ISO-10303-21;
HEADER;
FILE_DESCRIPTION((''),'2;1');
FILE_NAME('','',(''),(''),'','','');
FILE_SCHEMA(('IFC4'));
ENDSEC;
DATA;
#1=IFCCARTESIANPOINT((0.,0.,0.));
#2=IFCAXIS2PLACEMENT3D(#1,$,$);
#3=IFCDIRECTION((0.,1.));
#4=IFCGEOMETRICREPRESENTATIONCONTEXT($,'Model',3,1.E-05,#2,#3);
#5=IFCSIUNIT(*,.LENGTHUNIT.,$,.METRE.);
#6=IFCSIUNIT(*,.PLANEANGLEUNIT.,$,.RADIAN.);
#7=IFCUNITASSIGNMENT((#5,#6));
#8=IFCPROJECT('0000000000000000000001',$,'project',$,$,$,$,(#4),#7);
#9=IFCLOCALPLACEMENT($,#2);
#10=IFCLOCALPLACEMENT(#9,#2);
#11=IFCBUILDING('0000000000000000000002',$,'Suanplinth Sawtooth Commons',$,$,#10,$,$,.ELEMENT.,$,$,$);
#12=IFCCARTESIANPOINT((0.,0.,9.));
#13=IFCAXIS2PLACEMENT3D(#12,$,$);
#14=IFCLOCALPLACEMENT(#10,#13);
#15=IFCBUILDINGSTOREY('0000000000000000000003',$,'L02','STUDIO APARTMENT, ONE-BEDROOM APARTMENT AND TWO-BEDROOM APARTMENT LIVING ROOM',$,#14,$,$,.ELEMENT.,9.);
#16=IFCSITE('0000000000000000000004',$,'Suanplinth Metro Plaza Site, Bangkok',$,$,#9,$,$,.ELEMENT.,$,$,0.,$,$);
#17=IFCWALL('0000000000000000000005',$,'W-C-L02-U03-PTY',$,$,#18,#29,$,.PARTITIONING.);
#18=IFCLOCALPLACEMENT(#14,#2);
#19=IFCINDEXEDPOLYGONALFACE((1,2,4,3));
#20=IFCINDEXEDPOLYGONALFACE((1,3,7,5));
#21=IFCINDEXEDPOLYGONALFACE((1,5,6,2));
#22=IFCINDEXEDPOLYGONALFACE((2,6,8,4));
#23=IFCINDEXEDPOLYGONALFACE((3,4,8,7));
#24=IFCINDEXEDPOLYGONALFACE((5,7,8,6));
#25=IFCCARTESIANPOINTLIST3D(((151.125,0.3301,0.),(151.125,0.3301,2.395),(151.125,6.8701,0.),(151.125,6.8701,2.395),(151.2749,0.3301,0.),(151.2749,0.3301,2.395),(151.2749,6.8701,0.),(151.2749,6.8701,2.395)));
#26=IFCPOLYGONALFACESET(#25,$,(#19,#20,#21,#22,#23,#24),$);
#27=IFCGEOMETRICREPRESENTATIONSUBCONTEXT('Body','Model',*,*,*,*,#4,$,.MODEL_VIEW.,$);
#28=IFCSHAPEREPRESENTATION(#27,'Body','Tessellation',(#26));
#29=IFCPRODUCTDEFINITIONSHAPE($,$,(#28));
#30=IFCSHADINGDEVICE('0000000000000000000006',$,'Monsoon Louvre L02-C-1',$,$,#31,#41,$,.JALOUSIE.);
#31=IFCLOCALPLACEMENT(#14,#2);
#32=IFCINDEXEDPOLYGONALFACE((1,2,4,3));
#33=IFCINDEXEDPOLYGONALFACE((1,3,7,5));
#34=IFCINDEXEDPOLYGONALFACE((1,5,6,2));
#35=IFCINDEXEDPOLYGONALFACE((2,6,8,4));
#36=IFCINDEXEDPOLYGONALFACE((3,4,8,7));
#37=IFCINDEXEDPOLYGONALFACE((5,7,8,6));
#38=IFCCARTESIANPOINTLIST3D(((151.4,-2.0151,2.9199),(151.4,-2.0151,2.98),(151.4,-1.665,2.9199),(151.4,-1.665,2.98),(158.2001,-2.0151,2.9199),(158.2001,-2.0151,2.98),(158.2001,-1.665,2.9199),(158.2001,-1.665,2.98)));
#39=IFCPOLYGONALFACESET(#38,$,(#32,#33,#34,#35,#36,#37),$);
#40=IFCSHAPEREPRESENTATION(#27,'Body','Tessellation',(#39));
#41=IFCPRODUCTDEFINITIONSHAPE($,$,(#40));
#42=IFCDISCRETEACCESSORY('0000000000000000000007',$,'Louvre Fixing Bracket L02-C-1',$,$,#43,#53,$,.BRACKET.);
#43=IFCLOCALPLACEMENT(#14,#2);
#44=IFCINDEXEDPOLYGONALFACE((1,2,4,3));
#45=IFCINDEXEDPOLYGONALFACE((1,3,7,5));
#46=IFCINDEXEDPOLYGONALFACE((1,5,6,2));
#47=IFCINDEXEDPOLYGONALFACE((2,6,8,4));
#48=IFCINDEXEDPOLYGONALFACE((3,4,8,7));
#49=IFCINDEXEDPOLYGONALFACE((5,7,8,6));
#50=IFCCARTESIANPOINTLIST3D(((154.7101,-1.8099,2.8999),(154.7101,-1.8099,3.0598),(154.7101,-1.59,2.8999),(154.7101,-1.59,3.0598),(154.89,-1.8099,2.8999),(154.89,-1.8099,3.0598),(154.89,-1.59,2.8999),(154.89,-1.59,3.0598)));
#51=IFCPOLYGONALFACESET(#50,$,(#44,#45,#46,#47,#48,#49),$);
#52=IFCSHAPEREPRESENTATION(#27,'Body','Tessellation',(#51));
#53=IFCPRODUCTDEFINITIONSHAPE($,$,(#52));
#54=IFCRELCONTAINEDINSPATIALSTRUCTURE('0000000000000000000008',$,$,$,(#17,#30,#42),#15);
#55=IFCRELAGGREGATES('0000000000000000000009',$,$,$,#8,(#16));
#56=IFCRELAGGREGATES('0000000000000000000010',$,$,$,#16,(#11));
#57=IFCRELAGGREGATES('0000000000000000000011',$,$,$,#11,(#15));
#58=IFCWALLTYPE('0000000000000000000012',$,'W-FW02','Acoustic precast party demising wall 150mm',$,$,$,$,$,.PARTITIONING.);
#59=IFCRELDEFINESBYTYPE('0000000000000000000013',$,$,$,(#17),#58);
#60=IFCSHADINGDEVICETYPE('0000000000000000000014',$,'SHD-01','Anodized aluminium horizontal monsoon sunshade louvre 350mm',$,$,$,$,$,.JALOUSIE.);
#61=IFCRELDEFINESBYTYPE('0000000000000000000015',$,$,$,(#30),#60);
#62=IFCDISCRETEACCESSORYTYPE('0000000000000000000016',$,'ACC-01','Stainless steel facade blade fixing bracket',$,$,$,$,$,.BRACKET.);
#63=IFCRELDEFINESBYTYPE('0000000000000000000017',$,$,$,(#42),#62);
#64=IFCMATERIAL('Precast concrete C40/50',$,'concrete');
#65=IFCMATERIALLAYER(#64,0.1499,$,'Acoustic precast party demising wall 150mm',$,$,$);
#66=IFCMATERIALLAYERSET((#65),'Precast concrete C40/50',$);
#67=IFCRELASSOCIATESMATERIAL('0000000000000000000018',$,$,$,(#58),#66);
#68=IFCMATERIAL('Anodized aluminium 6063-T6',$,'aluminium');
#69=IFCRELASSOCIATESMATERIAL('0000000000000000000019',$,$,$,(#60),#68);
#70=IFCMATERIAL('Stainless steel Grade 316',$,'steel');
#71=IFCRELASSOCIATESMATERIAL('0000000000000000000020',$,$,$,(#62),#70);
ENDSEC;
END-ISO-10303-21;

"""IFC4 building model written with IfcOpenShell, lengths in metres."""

from ifc_helpers import new_model, si_unit, direction, frame, frame_2d, origin, origin_2d, place, context, subcontext, project, spatial, rectangle, extrude, material, layer, layer_set, type_object, element, save


model = new_model("IFC4")

# Units and contexts
model_context = context("Model", 3, precision=1e-05, world=origin(), true_north=direction((0.0, 1.0)))
body_context = subcontext(model_context, "Body", "Model", "MODEL_VIEW")
ifc_project = project(units=[si_unit("LENGTHUNIT", "METRE"), si_unit("PLANEANGLEUNIT", "RADIAN")], contexts=[model_context])

# Site, building, storey
site_placement = place(None, origin())
site = spatial("IfcSite", under=ifc_project, at=site_placement, Name="Suanplinth Metro Plaza Site, Bangkok", CompositionType="ELEMENT", RefElevation=0.0)
building_placement = place(site_placement, origin())
building = spatial("IfcBuilding", under=site, at=building_placement, Name="Suanplinth Sawtooth Commons", CompositionType="ELEMENT")
storey_placement = place(building_placement, frame((0.0, 0.0, 9.0)))
storey = spatial("IfcBuildingStorey", under=building, at=storey_placement, Name="L02", Description="STUDIO APARTMENT, ONE-BEDROOM APARTMENT AND TWO-BEDROOM APARTMENT LIVING ROOM", CompositionType="ELEMENT", Elevation=9.0)

# Shared definitions
ifc_material_1 = material(Name="Precast concrete C40/50", Category="concrete")

# Shared definitions
ifc_material_2 = material(Name="Anodized aluminium 6063-T6", Category="aluminium")

# Wall
ifc_layer_1 = layer(ifc_material_1, 0.1499, Name="Acoustic precast party demising wall 150mm")
ifc_layer_set_1 = layer_set([ifc_layer_1], Name="Precast concrete C40/50")
wall_type_1 = type_object("IfcWallType", Name="W-FW02", Description="Acoustic precast party demising wall 150mm", PredefinedType="PARTITIONING", material=ifc_layer_set_1)
wall_1_placement = place(storey_placement, frame((151.2, 0.3301, 0.0), z_axis=(0.0, 0.0, 1.0), x_axis=(0.0, 1.0, 0.0)))
element("IfcWall", 1, at=wall_1_placement, inside=storey, type_object=wall_type_1, Name="W-C-L02-U03-PTY", PredefinedType="PARTITIONING", context=body_context, shape_type="SweptSolid", body=[
    extrude(rectangle(XDim=6.54, YDim=0.1499, at=frame_2d((3.27, 0.0))), origin(), (0.0, 0.0, 1.0), 2.395),
])

# Shading device
shading_device_type = type_object("IfcShadingDeviceType", Name="SHD-01", Description="Anodized aluminium horizontal monsoon sunshade louvre 350mm", PredefinedType="JALOUSIE", material=ifc_material_2)
shading_device_placement = place(storey_placement, frame((154.8, -1.8401, 2.9199), z_axis=(0.0, 0.0, 1.0), x_axis=(1.0, 0.0, 0.0)))
element("IfcShadingDevice", 2, at=shading_device_placement, inside=storey, type_object=shading_device_type, Name="Monsoon Louvre L02-C-1", PredefinedType="JALOUSIE", context=body_context, shape_type="SweptSolid", body=[
    extrude(rectangle(XDim=6.8, YDim=0.3501, at=origin_2d()), origin(), (0.0, 0.0, 1.0), 0.0601),
])

# Discrete accessory
ifc_material_3 = material(Name="Stainless steel Grade 316", Category="steel")
discrete_accessory_type = type_object("IfcDiscreteAccessoryType", Name="ACC-01", Description="Stainless steel facade blade fixing bracket", PredefinedType="BRACKET", material=ifc_material_3)
discrete_accessory_placement = place(storey_placement, frame((154.8, -1.7, 2.8999), z_axis=(0.0, 0.0, 1.0), x_axis=(1.0, 0.0, 0.0)))
element("IfcDiscreteAccessory", 3, at=discrete_accessory_placement, inside=storey, type_object=discrete_accessory_type, Name="Louvre Fixing Bracket L02-C-1", PredefinedType="BRACKET", context=body_context, shape_type="SweptSolid", body=[
    extrude(rectangle(XDim=0.1799, YDim=0.22, at=origin_2d()), origin(), (0.0, 0.0, 1.0), 0.1599),
])

save(model, "model.ifc")
